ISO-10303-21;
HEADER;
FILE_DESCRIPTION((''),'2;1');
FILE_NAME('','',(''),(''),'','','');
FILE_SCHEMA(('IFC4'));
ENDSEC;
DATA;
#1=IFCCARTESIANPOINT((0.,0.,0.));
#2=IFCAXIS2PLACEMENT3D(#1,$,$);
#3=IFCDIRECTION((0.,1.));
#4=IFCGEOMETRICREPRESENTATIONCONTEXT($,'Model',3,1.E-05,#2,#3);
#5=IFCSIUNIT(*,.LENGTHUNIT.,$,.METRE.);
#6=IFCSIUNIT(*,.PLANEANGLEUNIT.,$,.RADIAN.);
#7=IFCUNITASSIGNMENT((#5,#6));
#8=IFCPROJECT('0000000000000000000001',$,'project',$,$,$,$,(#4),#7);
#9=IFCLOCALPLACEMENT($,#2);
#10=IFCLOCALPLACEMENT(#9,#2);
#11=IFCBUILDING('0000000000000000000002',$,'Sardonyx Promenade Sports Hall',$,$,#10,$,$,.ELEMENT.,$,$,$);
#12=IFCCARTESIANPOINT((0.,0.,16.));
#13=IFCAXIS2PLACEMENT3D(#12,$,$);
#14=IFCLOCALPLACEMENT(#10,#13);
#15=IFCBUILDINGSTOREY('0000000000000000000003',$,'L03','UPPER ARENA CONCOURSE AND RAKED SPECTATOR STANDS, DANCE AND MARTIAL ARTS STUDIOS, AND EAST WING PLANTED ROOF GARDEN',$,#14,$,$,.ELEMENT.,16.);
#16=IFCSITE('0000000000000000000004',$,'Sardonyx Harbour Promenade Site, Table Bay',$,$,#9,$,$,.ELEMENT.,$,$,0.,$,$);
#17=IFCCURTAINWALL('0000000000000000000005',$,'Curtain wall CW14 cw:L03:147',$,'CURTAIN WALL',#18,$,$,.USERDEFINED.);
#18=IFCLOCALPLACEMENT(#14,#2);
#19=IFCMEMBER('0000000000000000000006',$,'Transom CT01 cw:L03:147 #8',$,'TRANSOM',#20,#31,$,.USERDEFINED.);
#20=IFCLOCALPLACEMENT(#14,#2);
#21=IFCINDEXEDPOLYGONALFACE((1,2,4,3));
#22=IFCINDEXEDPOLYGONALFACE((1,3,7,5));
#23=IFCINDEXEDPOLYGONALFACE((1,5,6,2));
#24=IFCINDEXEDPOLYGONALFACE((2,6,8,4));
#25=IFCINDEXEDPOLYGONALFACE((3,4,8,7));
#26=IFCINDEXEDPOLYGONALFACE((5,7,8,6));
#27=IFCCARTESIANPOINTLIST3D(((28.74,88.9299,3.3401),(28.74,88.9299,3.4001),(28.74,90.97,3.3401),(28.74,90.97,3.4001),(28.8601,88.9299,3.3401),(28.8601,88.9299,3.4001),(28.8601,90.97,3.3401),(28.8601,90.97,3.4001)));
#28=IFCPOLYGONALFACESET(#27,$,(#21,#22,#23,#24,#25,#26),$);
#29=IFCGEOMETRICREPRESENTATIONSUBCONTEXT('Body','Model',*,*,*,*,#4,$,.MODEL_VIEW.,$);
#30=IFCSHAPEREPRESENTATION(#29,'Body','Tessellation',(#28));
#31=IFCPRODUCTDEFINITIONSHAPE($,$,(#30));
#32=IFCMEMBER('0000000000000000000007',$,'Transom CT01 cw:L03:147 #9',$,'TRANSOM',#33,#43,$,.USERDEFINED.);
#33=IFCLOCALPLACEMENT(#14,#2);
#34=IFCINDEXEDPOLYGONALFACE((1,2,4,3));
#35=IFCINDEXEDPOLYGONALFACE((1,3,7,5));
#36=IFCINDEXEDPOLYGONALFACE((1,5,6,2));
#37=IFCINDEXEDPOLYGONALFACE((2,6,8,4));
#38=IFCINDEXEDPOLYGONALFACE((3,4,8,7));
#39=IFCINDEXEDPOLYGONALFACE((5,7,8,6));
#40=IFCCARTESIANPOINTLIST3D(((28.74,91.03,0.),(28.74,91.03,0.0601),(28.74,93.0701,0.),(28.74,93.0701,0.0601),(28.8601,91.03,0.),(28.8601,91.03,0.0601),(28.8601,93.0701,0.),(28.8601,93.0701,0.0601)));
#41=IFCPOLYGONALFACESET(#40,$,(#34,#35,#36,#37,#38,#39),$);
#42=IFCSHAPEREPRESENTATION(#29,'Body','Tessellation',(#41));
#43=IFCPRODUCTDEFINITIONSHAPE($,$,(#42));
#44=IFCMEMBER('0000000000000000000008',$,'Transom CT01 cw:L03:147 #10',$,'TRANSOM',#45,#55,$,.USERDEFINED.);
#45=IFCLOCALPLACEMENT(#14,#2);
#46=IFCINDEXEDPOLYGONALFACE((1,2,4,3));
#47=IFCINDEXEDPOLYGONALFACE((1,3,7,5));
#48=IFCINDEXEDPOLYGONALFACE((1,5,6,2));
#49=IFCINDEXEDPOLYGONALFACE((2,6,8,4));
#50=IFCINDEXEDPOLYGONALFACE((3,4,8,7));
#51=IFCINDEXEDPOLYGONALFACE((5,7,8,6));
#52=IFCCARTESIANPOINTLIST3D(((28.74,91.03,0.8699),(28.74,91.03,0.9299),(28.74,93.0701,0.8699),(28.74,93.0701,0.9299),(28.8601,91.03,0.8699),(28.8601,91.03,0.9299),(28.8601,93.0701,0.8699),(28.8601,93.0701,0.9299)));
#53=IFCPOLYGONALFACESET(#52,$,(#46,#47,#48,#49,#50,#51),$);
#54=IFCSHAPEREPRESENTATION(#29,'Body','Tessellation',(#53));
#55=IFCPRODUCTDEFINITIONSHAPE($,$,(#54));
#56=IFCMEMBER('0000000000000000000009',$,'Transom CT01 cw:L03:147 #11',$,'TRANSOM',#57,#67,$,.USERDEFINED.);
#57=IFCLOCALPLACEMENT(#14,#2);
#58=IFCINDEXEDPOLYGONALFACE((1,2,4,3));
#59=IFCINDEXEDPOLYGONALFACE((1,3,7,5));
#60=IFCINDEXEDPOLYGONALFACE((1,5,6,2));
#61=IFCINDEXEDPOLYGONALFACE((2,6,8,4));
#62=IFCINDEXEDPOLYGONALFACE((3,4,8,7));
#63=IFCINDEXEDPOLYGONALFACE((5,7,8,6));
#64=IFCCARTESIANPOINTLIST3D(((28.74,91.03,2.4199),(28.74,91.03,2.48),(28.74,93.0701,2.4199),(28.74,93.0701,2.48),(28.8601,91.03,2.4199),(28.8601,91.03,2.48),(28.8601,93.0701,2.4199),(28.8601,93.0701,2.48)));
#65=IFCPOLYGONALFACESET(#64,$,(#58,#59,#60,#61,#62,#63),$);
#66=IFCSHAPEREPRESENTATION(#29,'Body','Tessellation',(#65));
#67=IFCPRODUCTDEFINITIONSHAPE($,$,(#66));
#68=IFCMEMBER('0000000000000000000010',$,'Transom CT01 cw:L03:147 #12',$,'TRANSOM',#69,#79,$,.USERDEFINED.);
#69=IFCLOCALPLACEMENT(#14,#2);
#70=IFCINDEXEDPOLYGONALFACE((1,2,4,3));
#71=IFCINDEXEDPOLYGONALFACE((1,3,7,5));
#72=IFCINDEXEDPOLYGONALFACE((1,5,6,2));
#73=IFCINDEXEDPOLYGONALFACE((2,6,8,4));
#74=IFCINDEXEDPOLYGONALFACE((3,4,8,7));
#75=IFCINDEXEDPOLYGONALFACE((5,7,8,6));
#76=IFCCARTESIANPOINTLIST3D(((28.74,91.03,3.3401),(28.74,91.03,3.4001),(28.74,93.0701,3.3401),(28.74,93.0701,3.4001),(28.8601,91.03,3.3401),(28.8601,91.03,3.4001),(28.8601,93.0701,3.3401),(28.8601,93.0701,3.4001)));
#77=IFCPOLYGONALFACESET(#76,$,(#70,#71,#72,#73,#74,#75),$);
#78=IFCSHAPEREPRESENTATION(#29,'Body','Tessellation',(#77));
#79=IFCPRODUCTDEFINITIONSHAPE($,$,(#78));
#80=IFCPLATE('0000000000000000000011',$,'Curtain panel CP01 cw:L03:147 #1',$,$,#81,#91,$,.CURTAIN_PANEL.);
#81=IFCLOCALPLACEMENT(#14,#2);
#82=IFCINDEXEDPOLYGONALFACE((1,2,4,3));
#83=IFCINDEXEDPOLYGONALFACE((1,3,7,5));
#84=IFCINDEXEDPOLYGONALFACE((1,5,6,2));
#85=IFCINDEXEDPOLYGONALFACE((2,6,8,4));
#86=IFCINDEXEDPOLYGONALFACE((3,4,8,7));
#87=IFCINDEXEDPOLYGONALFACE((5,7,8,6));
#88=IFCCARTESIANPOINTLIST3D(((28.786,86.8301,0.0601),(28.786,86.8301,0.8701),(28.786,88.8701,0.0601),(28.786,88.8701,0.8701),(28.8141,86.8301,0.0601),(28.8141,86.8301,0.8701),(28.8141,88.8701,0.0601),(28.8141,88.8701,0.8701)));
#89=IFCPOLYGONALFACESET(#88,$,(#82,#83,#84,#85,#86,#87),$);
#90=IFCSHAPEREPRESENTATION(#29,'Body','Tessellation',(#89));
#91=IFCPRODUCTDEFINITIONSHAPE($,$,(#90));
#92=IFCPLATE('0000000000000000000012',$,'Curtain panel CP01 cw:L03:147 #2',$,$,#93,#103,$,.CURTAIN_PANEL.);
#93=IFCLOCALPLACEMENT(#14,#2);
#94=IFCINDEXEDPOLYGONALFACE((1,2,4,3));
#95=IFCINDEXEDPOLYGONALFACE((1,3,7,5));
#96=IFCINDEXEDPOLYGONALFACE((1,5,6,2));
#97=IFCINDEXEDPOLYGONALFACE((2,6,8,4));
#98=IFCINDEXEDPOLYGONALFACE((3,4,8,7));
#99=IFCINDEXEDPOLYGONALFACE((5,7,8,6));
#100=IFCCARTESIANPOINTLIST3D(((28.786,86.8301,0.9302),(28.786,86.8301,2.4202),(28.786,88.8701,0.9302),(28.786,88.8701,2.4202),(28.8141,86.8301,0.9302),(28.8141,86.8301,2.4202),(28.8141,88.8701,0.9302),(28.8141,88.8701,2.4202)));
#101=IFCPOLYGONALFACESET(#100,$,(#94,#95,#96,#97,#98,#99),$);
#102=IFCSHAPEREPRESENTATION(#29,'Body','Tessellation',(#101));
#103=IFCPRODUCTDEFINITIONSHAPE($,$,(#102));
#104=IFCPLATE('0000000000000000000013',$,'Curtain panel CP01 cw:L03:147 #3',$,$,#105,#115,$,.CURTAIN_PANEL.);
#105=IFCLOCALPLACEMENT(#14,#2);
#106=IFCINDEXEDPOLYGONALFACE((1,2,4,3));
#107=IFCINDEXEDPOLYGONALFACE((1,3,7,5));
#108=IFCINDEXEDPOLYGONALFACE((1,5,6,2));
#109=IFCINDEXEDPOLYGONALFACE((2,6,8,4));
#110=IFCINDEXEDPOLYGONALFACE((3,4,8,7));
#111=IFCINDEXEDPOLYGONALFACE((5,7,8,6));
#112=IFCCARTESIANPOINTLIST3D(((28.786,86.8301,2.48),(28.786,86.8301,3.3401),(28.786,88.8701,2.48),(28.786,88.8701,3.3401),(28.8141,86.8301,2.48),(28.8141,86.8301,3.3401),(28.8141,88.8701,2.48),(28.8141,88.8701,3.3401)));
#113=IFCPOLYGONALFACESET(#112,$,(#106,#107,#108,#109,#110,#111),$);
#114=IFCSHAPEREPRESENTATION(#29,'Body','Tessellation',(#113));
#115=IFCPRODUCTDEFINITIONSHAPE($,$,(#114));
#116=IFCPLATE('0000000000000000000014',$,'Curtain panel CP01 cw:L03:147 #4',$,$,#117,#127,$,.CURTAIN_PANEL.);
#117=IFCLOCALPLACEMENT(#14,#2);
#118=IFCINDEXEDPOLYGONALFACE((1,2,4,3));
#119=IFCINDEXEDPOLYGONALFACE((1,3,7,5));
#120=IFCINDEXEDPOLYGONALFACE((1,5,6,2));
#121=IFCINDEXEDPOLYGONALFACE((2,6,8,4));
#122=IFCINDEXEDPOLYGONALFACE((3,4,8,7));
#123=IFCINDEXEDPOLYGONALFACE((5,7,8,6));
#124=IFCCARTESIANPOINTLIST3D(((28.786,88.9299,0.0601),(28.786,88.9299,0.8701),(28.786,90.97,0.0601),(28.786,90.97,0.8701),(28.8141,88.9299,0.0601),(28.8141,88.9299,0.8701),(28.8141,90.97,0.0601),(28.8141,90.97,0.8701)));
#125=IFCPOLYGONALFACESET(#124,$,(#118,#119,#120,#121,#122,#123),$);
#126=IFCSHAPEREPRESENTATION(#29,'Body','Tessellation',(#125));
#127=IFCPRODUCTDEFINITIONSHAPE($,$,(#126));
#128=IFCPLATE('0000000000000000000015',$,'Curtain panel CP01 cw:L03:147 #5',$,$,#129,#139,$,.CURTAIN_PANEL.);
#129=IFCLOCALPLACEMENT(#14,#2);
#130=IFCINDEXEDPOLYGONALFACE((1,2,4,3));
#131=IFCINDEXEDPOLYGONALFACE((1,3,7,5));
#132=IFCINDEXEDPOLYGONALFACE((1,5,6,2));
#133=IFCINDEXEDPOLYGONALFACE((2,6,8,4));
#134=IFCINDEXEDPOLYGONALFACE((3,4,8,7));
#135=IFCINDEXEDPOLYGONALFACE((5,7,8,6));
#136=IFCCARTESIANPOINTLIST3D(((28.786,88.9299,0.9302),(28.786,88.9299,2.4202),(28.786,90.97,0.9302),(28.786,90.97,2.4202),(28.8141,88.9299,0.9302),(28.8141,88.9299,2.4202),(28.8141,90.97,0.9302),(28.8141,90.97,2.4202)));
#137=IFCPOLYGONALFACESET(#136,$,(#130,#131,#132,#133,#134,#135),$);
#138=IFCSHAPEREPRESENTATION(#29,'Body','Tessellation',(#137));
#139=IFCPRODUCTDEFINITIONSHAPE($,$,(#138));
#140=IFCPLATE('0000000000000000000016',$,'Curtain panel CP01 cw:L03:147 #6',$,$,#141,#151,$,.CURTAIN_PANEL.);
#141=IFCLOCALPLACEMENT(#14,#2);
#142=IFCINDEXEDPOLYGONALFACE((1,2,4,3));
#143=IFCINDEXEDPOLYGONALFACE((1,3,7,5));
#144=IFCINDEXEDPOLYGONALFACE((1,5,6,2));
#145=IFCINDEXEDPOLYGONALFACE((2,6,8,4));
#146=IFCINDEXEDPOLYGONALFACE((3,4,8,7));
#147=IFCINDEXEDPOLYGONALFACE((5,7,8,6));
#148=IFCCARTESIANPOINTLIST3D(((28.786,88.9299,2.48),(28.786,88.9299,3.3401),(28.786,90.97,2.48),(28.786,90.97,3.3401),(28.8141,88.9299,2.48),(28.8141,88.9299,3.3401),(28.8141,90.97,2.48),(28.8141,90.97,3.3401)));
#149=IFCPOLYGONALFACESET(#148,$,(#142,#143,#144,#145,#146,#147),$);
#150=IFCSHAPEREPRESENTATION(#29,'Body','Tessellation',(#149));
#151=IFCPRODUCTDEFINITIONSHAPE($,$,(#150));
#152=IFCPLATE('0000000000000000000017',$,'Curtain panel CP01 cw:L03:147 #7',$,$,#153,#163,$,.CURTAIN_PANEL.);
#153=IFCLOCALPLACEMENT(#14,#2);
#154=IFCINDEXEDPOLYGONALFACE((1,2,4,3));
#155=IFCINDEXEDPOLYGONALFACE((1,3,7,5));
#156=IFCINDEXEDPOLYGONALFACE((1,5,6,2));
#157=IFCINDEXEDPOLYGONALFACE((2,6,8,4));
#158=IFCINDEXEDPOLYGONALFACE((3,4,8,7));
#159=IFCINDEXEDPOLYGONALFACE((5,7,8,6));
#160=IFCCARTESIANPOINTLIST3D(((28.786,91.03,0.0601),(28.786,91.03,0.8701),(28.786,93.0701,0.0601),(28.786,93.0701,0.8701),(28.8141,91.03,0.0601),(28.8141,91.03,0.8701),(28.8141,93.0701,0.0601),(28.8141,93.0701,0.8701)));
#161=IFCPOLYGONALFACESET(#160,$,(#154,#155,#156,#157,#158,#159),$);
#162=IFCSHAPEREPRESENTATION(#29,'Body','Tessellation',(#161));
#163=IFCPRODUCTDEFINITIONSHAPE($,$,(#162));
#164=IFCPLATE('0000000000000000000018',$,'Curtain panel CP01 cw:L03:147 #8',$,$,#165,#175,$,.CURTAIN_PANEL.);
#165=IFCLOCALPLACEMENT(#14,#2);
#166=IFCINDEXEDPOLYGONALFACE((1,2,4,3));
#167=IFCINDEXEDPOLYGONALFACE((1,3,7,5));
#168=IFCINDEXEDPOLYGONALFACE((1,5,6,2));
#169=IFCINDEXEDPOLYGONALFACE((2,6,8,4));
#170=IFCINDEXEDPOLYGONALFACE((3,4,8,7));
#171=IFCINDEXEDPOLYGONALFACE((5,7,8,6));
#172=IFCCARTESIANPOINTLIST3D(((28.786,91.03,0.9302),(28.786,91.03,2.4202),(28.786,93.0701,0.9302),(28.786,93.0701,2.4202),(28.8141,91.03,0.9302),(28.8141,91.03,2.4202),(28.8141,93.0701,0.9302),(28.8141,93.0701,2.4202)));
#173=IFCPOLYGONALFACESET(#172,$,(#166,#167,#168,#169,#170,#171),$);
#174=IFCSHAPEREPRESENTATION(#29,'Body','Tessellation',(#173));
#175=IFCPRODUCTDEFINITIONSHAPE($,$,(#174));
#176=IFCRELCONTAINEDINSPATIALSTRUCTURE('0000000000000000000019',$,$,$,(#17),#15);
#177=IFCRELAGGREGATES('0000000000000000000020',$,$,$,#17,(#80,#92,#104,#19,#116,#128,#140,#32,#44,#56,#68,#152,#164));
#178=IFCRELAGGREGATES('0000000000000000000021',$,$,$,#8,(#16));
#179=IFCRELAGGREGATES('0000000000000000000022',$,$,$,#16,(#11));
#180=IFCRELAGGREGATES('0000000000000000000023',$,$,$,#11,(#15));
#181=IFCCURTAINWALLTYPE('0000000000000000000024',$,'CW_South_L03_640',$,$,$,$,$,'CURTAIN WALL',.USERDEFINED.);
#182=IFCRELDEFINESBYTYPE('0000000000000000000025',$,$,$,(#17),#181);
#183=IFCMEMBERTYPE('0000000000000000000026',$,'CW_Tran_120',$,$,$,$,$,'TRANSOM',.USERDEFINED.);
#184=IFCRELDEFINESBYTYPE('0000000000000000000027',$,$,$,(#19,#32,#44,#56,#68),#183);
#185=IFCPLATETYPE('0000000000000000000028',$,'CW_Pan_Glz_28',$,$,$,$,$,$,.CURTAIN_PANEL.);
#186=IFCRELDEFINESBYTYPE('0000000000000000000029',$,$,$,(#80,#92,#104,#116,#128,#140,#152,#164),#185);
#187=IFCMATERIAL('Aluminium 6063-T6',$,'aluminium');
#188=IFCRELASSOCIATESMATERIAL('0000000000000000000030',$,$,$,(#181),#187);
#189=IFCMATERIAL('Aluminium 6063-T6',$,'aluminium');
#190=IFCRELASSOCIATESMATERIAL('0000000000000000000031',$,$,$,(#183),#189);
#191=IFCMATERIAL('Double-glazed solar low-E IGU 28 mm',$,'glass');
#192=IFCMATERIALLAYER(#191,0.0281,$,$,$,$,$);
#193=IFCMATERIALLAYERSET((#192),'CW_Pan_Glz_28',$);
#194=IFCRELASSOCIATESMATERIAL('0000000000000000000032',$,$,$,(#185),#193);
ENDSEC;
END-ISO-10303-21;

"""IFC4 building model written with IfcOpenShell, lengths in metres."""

from ifc_helpers import new_model, si_unit, direction, frame, origin, origin_2d, place, context, subcontext, project, spatial, rectangle, extrude, material, layer, layer_set, material_profile, profile_set, type_object, element, aggregate, save


model = new_model("IFC4")

# Units and contexts
model_context = context("Model", 3, precision=1e-05, world=origin(), true_north=direction((0.0, 1.0)))
body_context = subcontext(model_context, "Body", "Model", "MODEL_VIEW")
ifc_project = project(units=[si_unit("LENGTHUNIT", "METRE"), si_unit("PLANEANGLEUNIT", "RADIAN")], contexts=[model_context])

# Site, building, storey
site_placement = place(None, origin())
site = spatial("IfcSite", under=ifc_project, at=site_placement, Name="Sardonyx Harbour Promenade Site, Table Bay", CompositionType="ELEMENT", RefElevation=0.0)
building_placement = place(site_placement, origin())
building = spatial("IfcBuilding", under=site, at=building_placement, Name="Sardonyx Promenade Sports Hall", CompositionType="ELEMENT")
storey_placement = place(building_placement, frame((0.0, 0.0, 16.0)))
storey = spatial("IfcBuildingStorey", under=building, at=storey_placement, Name="L03", Description="UPPER ARENA CONCOURSE AND RAKED SPECTATOR STANDS, DANCE AND MARTIAL ARTS STUDIOS, AND EAST WING PLANTED ROOF GARDEN", CompositionType="ELEMENT", Elevation=16.0)

# Curtain wall, members, plates
ifc_material_1 = material(Name="Aluminium 6063-T6", Category="aluminium")
curtain_wall_type = type_object("IfcCurtainWallType", Name="CW_South_L03_640", ElementType="CURTAIN WALL", PredefinedType="USERDEFINED", material=ifc_material_1)
curtain_wall_placement = place(storey_placement, origin())
curtain_wall = element("IfcCurtainWall", 1, at=curtain_wall_placement, inside=storey, type_object=curtain_wall_type, Name="Curtain wall CW14 cw:L03:147", ObjectType="CURTAIN WALL", PredefinedType="USERDEFINED")
ifc_material_2 = material(Name="Aluminium 6063-T6", Category="aluminium")
ifc_material_profile_1 = material_profile(ifc_material_2, rectangle(XDim=0.0601, YDim=0.1201, at=origin_2d()))
ifc_profile_set_1 = profile_set([ifc_material_profile_1], Name="Aluminium 6063-T6")
member_type_1 = type_object("IfcMemberType", Name="CW_Tran_120", ElementType="TRANSOM", PredefinedType="USERDEFINED", material=ifc_profile_set_1)
member_1_placement = place(storey_placement, frame((28.8, 88.9299, 3.3701), z_axis=(0.0, 1.0, 0.0), x_axis=(0.0, 0.0, 1.0)))
member_1 = element("IfcMember", 2, at=member_1_placement, type_object=member_type_1, Name="Transom CT01 cw:L03:147 #8", ObjectType="TRANSOM", PredefinedType="USERDEFINED", context=body_context, shape_type="SweptSolid", body=[
    extrude(rectangle(XDim=0.0601, YDim=0.1201, at=origin_2d()), origin(), (0.0, 0.0, 1.0), 2.04),
])
member_2_placement = place(storey_placement, frame((28.8, 91.03, 0.03), z_axis=(0.0, 1.0, 0.0), x_axis=(0.0, 0.0, 1.0)))
member_2 = element("IfcMember", 3, at=member_2_placement, type_object=member_type_1, Name="Transom CT01 cw:L03:147 #9", ObjectType="TRANSOM", PredefinedType="USERDEFINED", context=body_context, shape_type="SweptSolid", body=[
    extrude(rectangle(XDim=0.0601, YDim=0.1201, at=origin_2d()), origin(), (0.0, 0.0, 1.0), 2.04),
])
member_3_placement = place(storey_placement, frame((28.8, 91.03, 0.8999), z_axis=(0.0, 1.0, 0.0), x_axis=(0.0, 0.0, 1.0)))
member_3 = element("IfcMember", 4, at=member_3_placement, type_object=member_type_1, Name="Transom CT01 cw:L03:147 #10", ObjectType="TRANSOM", PredefinedType="USERDEFINED", context=body_context, shape_type="SweptSolid", body=[
    extrude(rectangle(XDim=0.0601, YDim=0.1201, at=origin_2d()), origin(), (0.0, 0.0, 1.0), 2.04),
])
member_4_placement = place(storey_placement, frame((28.8, 91.03, 2.45), z_axis=(0.0, 1.0, 0.0), x_axis=(0.0, 0.0, 1.0)))
member_4 = element("IfcMember", 5, at=member_4_placement, type_object=member_type_1, Name="Transom CT01 cw:L03:147 #11", ObjectType="TRANSOM", PredefinedType="USERDEFINED", context=body_context, shape_type="SweptSolid", body=[
    extrude(rectangle(XDim=0.0601, YDim=0.1201, at=origin_2d()), origin(), (0.0, 0.0, 1.0), 2.04),
])
member_5_placement = place(storey_placement, frame((28.8, 91.03, 3.3701), z_axis=(0.0, 1.0, 0.0), x_axis=(0.0, 0.0, 1.0)))
member_5 = element("IfcMember", 6, at=member_5_placement, type_object=member_type_1, Name="Transom CT01 cw:L03:147 #12", ObjectType="TRANSOM", PredefinedType="USERDEFINED", context=body_context, shape_type="SweptSolid", body=[
    extrude(rectangle(XDim=0.0601, YDim=0.1201, at=origin_2d()), origin(), (0.0, 0.0, 1.0), 2.04),
])
ifc_material_3 = material(Name="Double-glazed solar low-E IGU 28 mm", Category="glass")
ifc_layer_1 = layer(ifc_material_3, 0.0281)
ifc_layer_set_1 = layer_set([ifc_layer_1], Name="CW_Pan_Glz_28")
plate_type = type_object("IfcPlateType", Name="CW_Pan_Glz_28", PredefinedType="CURTAIN_PANEL", material=ifc_layer_set_1)
plate_1_placement = place(storey_placement, frame((28.8, 87.8501, 0.0601), z_axis=(0.0, 0.0, 1.0), x_axis=(0.0, 1.0, 0.0)))
plate_1 = element("IfcPlate", 7, at=plate_1_placement, type_object=plate_type, Name="Curtain panel CP01 cw:L03:147 #1", PredefinedType="CURTAIN_PANEL", context=body_context, shape_type="SweptSolid", body=[
    extrude(rectangle(XDim=2.04, YDim=0.0281, at=origin_2d()), origin(), (0.0, 0.0, 1.0), 0.8101),
])
plate_2_placement = place(storey_placement, frame((28.8, 87.8501, 0.9302), z_axis=(0.0, 0.0, 1.0), x_axis=(0.0, 1.0, 0.0)))
plate_2 = element("IfcPlate", 8, at=plate_2_placement, type_object=plate_type, Name="Curtain panel CP01 cw:L03:147 #2", PredefinedType="CURTAIN_PANEL", context=body_context, shape_type="SweptSolid", body=[
    extrude(rectangle(XDim=2.04, YDim=0.0281, at=origin_2d()), origin(), (0.0, 0.0, 1.0), 1.49),
])
plate_3_placement = place(storey_placement, frame((28.8, 87.8501, 2.48), z_axis=(0.0, 0.0, 1.0), x_axis=(0.0, 1.0, 0.0)))
plate_3 = element("IfcPlate", 9, at=plate_3_placement, type_object=plate_type, Name="Curtain panel CP01 cw:L03:147 #3", PredefinedType="CURTAIN_PANEL", context=body_context, shape_type="SweptSolid", body=[
    extrude(rectangle(XDim=2.04, YDim=0.0281, at=origin_2d()), origin(), (0.0, 0.0, 1.0), 0.8601),
])
plate_4_placement = place(storey_placement, frame((28.8, 89.95, 0.0601), z_axis=(0.0, 0.0, 1.0), x_axis=(0.0, 1.0, 0.0)))
plate_4 = element("IfcPlate", 10, at=plate_4_placement, type_object=plate_type, Name="Curtain panel CP01 cw:L03:147 #4", PredefinedType="CURTAIN_PANEL", context=body_context, shape_type="SweptSolid", body=[
    extrude(rectangle(XDim=2.04, YDim=0.0281, at=origin_2d()), origin(), (0.0, 0.0, 1.0), 0.8101),
])
plate_5_placement = place(storey_placement, frame((28.8, 89.95, 0.9302), z_axis=(0.0, 0.0, 1.0), x_axis=(0.0, 1.0, 0.0)))
plate_5 = element("IfcPlate", 11, at=plate_5_placement, type_object=plate_type, Name="Curtain panel CP01 cw:L03:147 #5", PredefinedType="CURTAIN_PANEL", context=body_context, shape_type="SweptSolid", body=[
    extrude(rectangle(XDim=2.04, YDim=0.0281, at=origin_2d()), origin(), (0.0, 0.0, 1.0), 1.49),
])
plate_6_placement = place(storey_placement, frame((28.8, 89.95, 2.48), z_axis=(0.0, 0.0, 1.0), x_axis=(0.0, 1.0, 0.0)))
plate_6 = element("IfcPlate", 12, at=plate_6_placement, type_object=plate_type, Name="Curtain panel CP01 cw:L03:147 #6", PredefinedType="CURTAIN_PANEL", context=body_context, shape_type="SweptSolid", body=[
    extrude(rectangle(XDim=2.04, YDim=0.0281, at=origin_2d()), origin(), (0.0, 0.0, 1.0), 0.8601),
])
plate_7_placement = place(storey_placement, frame((28.8, 92.05, 0.0601), z_axis=(0.0, 0.0, 1.0), x_axis=(0.0, 1.0, 0.0)))
plate_7 = element("IfcPlate", 13, at=plate_7_placement, type_object=plate_type, Name="Curtain panel CP01 cw:L03:147 #7", PredefinedType="CURTAIN_PANEL", context=body_context, shape_type="SweptSolid", body=[
    extrude(rectangle(XDim=2.04, YDim=0.0281, at=origin_2d()), origin(), (0.0, 0.0, 1.0), 0.8101),
])
plate_8_placement = place(storey_placement, frame((28.8, 92.05, 0.9302), z_axis=(0.0, 0.0, 1.0), x_axis=(0.0, 1.0, 0.0)))
plate_8 = element("IfcPlate", 14, at=plate_8_placement, type_object=plate_type, Name="Curtain panel CP01 cw:L03:147 #8", PredefinedType="CURTAIN_PANEL", context=body_context, shape_type="SweptSolid", body=[
    extrude(rectangle(XDim=2.04, YDim=0.0281, at=origin_2d()), origin(), (0.0, 0.0, 1.0), 1.49),
])
aggregate(curtain_wall, [plate_1, plate_2, plate_3, member_1, plate_4, plate_5, plate_6, member_2, member_3, member_4, member_5, plate_7, plate_8])

save(model, "model.ifc")
